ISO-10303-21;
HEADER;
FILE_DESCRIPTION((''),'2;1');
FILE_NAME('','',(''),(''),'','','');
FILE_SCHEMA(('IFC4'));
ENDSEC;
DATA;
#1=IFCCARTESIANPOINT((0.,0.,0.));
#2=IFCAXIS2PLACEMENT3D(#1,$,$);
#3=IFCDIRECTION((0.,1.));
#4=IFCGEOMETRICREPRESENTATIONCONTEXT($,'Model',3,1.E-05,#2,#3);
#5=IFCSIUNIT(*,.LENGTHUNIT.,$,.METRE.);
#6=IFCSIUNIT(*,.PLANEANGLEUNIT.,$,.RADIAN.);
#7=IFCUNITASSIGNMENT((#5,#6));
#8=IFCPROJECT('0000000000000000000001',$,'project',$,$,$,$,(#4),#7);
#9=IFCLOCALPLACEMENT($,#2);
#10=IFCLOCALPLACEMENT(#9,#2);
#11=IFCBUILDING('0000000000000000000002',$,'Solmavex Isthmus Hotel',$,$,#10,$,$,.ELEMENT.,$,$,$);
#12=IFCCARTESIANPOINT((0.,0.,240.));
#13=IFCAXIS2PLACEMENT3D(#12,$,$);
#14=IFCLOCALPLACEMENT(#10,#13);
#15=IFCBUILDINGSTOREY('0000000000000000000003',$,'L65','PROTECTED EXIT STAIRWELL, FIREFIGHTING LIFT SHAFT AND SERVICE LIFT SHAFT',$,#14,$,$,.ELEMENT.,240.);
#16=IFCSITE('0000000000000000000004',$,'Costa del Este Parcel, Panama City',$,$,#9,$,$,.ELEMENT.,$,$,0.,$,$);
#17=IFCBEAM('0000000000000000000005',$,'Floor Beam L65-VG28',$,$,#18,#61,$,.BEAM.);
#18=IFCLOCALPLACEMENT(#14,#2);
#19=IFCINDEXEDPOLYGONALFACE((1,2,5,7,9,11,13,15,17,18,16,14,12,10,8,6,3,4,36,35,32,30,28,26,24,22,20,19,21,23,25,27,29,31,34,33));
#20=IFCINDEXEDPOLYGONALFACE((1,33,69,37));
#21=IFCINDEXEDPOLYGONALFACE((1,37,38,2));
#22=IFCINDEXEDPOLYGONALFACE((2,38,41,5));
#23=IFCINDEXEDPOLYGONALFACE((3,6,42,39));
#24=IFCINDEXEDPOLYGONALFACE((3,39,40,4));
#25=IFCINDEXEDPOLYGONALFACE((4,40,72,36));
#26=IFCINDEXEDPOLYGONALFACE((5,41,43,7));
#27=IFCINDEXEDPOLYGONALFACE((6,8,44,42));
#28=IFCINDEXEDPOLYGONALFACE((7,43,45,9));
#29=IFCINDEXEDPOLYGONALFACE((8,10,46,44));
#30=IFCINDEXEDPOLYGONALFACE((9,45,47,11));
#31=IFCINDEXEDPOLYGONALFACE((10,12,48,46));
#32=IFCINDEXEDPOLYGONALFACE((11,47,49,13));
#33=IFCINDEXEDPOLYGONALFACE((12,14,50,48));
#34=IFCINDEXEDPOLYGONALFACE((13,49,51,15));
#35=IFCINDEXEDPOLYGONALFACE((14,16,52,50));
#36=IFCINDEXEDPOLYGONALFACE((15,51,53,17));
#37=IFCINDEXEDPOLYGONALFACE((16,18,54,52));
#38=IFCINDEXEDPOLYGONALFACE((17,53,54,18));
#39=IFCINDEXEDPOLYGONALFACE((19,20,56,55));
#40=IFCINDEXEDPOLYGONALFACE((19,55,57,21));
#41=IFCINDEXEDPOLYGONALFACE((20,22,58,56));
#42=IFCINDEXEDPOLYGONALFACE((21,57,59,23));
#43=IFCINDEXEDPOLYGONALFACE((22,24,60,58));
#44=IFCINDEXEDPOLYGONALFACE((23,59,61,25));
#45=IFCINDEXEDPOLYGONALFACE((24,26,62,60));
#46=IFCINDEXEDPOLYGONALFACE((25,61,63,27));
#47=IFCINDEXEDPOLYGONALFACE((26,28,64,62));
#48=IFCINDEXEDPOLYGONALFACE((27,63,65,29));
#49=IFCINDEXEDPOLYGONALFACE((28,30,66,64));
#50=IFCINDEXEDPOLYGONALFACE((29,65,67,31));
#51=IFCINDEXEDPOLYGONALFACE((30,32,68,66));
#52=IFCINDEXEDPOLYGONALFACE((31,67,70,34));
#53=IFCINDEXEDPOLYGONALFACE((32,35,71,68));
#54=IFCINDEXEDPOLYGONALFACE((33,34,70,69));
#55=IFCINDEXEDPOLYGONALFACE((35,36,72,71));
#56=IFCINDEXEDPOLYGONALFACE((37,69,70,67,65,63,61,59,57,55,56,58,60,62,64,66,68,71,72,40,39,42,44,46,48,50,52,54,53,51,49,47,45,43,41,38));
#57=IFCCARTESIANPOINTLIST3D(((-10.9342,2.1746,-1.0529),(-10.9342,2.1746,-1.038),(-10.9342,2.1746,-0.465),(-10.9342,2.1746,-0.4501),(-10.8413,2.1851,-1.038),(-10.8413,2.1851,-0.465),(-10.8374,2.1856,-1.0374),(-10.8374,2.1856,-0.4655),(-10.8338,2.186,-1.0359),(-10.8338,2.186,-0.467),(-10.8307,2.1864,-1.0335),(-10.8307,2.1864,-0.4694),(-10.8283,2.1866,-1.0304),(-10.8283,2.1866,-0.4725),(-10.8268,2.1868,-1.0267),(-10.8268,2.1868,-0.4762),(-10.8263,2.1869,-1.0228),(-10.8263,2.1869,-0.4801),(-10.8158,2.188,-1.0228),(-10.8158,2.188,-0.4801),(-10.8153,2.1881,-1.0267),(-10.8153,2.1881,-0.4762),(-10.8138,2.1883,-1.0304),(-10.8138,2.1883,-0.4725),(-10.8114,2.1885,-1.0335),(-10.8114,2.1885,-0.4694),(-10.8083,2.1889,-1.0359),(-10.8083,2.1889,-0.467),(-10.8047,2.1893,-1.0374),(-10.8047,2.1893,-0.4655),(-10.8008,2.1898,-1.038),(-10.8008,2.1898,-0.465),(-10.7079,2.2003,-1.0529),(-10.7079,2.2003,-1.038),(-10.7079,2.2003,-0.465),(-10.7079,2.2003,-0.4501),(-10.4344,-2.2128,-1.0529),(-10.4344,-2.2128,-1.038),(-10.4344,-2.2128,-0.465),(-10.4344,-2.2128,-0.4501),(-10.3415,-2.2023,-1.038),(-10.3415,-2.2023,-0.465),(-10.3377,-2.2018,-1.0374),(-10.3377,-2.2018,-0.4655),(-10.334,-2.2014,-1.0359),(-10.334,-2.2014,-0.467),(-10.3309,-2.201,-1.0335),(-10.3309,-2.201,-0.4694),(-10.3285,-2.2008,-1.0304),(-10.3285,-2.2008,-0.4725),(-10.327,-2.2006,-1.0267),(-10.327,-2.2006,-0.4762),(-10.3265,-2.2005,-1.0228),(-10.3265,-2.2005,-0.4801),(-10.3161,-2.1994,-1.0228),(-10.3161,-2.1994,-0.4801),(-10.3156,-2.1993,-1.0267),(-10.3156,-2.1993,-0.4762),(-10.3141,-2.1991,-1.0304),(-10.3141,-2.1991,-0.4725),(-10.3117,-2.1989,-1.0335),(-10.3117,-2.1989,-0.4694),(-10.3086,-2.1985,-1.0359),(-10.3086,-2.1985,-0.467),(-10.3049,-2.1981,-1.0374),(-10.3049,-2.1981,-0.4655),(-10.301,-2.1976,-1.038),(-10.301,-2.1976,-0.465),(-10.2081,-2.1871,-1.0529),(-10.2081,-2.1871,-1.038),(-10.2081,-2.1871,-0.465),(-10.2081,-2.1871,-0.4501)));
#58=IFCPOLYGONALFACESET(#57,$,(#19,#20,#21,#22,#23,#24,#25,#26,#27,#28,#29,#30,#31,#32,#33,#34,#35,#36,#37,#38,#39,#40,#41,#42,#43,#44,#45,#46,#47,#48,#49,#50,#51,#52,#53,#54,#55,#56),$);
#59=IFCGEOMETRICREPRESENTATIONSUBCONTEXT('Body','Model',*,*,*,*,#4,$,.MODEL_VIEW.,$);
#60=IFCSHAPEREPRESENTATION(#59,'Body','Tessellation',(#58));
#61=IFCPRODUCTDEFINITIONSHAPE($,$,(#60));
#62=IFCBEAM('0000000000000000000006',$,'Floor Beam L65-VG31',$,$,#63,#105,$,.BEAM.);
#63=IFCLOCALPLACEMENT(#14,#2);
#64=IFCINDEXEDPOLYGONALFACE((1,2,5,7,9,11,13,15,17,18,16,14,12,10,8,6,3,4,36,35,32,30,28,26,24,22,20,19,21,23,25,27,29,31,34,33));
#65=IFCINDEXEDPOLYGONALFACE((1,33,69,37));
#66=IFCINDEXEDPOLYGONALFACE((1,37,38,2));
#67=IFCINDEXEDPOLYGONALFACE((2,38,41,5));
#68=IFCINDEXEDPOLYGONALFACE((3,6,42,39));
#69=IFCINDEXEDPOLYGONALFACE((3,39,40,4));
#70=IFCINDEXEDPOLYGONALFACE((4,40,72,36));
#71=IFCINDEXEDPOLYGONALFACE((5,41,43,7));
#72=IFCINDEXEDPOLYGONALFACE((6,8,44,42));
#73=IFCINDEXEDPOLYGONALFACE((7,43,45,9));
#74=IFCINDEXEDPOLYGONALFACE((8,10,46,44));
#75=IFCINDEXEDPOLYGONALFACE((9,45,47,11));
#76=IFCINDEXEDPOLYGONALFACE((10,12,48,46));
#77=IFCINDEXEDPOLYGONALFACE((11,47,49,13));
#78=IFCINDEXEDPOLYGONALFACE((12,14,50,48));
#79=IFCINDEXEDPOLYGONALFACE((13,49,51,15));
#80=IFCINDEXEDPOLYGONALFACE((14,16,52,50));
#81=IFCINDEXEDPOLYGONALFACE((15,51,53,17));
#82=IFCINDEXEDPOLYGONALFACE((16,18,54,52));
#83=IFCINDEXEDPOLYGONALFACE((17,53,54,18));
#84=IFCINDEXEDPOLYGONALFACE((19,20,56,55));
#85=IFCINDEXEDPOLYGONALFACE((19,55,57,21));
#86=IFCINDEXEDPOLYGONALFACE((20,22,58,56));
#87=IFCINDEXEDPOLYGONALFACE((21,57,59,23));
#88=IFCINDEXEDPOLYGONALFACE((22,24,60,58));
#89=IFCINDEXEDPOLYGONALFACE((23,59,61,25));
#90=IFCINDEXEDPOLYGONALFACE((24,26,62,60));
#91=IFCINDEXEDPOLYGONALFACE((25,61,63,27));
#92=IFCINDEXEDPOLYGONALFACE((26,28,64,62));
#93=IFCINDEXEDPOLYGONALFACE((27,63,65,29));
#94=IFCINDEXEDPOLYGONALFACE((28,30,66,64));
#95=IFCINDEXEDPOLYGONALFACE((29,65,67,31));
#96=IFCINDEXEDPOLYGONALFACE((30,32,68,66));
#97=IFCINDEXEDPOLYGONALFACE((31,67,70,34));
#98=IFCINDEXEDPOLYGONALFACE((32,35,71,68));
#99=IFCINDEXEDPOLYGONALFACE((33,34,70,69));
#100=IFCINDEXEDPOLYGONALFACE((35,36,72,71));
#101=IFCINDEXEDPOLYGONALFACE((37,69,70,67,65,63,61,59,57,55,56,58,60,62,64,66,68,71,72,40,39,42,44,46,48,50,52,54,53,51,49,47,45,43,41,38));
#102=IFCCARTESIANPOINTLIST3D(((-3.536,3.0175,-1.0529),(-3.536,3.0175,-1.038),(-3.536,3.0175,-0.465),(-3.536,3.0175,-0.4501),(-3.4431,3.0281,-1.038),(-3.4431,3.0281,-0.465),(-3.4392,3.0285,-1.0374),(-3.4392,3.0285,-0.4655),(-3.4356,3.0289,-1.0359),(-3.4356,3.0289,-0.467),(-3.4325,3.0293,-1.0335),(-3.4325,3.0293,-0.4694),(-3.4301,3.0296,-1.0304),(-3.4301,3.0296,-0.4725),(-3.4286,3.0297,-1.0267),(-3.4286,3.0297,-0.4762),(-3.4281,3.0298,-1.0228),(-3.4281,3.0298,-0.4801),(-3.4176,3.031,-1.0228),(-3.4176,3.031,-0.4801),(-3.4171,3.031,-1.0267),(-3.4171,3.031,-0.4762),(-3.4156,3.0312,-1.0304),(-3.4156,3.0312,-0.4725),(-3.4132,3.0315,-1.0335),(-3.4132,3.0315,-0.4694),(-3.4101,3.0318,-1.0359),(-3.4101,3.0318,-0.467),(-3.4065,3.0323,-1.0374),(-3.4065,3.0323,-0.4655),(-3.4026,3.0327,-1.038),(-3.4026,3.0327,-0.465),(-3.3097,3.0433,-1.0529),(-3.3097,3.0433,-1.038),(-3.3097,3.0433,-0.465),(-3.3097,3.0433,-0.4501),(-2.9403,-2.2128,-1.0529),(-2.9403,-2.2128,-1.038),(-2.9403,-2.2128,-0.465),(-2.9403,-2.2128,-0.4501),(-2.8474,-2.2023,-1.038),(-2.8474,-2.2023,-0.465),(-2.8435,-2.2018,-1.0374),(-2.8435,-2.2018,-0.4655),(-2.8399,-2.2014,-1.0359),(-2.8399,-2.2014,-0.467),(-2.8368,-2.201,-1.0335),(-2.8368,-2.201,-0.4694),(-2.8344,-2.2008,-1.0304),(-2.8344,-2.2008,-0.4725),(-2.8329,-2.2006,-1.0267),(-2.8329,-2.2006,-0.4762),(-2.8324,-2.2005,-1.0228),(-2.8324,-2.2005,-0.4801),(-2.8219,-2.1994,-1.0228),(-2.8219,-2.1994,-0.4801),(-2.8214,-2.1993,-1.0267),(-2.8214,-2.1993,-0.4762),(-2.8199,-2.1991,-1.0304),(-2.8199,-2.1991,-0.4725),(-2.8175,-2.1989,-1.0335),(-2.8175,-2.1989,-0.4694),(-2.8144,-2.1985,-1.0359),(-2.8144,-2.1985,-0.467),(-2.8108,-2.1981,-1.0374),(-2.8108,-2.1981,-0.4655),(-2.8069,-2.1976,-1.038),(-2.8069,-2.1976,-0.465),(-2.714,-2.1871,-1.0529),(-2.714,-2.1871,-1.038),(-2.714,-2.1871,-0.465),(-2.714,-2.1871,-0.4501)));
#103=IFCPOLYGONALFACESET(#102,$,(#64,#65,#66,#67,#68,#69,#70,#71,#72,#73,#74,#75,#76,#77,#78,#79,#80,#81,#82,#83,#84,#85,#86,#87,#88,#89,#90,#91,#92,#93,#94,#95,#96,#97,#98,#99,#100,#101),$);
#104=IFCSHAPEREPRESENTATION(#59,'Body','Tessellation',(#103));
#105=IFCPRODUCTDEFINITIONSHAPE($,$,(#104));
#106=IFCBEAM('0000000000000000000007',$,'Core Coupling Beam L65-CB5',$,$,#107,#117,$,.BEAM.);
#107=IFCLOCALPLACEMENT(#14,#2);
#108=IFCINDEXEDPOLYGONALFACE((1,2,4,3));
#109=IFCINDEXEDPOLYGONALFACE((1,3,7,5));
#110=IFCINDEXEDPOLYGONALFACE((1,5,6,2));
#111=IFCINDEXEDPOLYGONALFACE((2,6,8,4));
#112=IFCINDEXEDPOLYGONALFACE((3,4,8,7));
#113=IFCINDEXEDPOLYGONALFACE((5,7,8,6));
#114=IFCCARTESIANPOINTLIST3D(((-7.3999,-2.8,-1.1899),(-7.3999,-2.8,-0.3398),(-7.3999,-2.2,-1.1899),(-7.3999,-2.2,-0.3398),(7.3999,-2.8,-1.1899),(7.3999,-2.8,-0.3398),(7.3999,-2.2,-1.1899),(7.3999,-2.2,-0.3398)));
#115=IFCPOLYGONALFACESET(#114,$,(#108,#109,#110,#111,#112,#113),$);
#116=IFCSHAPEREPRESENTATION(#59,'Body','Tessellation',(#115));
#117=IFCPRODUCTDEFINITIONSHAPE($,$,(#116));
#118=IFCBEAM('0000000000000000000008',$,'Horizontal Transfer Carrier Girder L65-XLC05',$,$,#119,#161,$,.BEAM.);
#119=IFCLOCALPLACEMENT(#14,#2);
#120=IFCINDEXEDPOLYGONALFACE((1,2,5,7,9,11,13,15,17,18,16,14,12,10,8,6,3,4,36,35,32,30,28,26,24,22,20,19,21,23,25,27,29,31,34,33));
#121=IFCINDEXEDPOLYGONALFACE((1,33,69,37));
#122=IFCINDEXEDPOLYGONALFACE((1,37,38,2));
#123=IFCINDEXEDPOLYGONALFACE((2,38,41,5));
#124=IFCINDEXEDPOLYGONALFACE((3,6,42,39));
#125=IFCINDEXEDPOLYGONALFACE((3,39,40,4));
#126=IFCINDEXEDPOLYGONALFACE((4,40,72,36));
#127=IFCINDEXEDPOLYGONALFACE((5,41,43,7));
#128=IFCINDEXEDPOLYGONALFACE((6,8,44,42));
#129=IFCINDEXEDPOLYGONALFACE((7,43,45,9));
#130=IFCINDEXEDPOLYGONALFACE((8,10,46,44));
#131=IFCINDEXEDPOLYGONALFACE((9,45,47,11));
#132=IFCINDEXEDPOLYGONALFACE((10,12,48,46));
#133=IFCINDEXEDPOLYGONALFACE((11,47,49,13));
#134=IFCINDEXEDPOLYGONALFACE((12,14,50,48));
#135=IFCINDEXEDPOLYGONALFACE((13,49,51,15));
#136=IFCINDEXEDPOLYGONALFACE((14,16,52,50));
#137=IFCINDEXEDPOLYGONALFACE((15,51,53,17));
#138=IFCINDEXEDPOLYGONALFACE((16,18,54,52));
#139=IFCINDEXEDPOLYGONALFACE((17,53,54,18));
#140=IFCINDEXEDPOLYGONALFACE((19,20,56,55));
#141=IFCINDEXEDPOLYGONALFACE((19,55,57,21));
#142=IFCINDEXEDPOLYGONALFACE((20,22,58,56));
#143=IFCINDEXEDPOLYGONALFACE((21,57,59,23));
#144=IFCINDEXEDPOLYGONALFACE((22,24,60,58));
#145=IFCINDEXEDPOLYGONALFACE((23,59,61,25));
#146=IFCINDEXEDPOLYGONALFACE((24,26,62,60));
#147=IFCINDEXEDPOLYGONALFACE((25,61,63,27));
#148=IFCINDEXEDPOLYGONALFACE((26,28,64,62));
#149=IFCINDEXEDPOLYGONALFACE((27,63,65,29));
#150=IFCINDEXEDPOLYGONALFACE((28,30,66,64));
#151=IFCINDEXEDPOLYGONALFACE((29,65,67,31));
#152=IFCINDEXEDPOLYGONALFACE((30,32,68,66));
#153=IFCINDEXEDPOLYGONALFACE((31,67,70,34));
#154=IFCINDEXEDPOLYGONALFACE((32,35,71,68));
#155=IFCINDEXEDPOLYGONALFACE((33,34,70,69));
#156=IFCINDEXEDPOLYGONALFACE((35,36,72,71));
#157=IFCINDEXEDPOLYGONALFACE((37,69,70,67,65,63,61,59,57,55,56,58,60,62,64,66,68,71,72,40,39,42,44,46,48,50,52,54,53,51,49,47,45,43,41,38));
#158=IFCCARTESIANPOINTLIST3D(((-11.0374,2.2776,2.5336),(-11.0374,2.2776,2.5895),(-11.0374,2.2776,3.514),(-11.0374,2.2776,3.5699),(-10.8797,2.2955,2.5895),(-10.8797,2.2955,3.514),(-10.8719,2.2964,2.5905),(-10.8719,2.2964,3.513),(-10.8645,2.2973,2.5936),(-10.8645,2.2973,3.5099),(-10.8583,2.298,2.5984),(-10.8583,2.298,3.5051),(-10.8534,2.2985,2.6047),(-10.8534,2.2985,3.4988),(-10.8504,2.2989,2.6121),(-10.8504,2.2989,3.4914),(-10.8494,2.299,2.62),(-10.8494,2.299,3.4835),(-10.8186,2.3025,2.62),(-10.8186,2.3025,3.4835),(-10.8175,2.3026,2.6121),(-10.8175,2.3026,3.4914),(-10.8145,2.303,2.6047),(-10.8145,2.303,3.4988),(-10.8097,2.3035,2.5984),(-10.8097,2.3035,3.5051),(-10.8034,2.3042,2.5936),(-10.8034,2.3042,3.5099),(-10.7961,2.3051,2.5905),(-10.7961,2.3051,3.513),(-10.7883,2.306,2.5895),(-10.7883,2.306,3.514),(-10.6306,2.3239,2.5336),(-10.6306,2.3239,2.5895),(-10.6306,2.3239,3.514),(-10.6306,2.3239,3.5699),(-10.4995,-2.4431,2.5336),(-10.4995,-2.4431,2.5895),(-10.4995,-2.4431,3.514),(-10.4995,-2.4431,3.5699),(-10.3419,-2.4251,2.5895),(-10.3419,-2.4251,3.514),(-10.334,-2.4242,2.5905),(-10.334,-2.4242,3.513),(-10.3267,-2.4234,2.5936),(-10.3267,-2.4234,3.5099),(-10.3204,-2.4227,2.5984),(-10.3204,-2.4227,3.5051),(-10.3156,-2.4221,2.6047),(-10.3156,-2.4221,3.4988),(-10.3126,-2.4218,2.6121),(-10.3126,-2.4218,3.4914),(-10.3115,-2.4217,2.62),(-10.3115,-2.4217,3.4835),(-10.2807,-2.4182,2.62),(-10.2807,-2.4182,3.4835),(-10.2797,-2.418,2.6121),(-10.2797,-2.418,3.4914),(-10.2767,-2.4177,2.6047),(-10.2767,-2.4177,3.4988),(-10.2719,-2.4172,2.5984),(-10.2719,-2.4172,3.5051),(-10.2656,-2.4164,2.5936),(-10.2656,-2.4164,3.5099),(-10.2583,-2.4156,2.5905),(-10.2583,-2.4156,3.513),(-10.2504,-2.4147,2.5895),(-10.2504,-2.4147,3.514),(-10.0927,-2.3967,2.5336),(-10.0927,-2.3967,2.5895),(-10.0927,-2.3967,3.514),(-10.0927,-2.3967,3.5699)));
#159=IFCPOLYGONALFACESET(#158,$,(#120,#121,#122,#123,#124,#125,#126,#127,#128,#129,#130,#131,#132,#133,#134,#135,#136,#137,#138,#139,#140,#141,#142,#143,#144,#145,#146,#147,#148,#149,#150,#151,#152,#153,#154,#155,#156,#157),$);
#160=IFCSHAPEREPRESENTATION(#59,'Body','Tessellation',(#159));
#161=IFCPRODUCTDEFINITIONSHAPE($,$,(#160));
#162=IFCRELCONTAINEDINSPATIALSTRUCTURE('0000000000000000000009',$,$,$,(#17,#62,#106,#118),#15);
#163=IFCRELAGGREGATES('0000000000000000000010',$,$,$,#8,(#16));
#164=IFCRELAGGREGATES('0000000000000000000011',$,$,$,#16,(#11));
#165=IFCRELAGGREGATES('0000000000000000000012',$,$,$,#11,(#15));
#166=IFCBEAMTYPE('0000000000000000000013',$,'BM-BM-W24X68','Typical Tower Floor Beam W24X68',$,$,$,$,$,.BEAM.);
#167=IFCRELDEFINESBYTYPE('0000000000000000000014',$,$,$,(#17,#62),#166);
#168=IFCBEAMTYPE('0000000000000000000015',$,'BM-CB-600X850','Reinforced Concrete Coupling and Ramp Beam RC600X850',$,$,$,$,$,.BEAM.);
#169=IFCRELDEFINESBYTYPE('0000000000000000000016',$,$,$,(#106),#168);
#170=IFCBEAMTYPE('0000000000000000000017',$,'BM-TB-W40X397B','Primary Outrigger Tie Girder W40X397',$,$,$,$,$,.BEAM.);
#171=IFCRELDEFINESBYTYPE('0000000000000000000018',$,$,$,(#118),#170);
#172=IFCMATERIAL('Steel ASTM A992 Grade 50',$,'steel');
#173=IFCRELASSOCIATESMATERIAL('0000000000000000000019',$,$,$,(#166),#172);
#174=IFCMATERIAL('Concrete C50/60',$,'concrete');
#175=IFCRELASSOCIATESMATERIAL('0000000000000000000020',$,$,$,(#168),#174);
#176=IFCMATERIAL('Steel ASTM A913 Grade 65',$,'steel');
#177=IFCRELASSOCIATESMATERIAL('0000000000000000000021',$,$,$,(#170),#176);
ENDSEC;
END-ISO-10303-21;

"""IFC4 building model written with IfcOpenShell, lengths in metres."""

from ifc_helpers import new_model, si_unit, direction, frame, origin, origin_2d, place, context, subcontext, project, spatial, rectangle, i_section, extrude, material, material_profile, profile_set, type_object, element, save


model = new_model("IFC4")

# Units and contexts
model_context = context("Model", 3, precision=1e-05, world=origin(), true_north=direction((0.0, 1.0)))
body_context = subcontext(model_context, "Body", "Model", "MODEL_VIEW")
ifc_project = project(units=[si_unit("LENGTHUNIT", "METRE"), si_unit("PLANEANGLEUNIT", "RADIAN")], contexts=[model_context])

# Site, building, storey
site_placement = place(None, origin())
site = spatial("IfcSite", under=ifc_project, at=site_placement, Name="Costa del Este Parcel, Panama City", CompositionType="ELEMENT", RefElevation=0.0)
building_placement = place(site_placement, origin())
building = spatial("IfcBuilding", under=site, at=building_placement, Name="Solmavex Isthmus Hotel", CompositionType="ELEMENT")
storey_placement = place(building_placement, frame((0.0, 0.0, 240.0)))
storey = spatial("IfcBuildingStorey", under=building, at=storey_placement, Name="L65", Description="PROTECTED EXIT STAIRWELL, FIREFIGHTING LIFT SHAFT AND SERVICE LIFT SHAFT", CompositionType="ELEMENT", Elevation=240.0)

# Shared definitions
ifc_material_1 = material(Name="Concrete C50/60", Category="concrete")
ifc_material_2 = material(Name="Steel ASTM A913 Grade 65", Category="steel")

# Beams
ifc_material_3 = material(Name="Steel ASTM A992 Grade 50", Category="steel")
ifc_material_profile_1 = material_profile(ifc_material_3, i_section(OverallWidth=0.2278, OverallDepth=0.6028, WebThickness=0.0105, FlangeThickness=0.0149, FilletRadius=0.0151, at=origin_2d()), Name="W24X68")
ifc_profile_set_1 = profile_set([ifc_material_profile_1], Name="Steel ASTM A992 Grade 50")
beam_type_1 = type_object("IfcBeamType", Name="BM-BM-W24X68", Description="Typical Tower Floor Beam W24X68", PredefinedType="BEAM", material=ifc_profile_set_1)
beam_1_placement = place(storey_placement, frame((-10.3213, -2.2, -0.7515), z_axis=(-0.113174, 0.993575, 0.0), x_axis=(-0.993575, -0.113174, 0.0)))
element("IfcBeam", 1, at=beam_1_placement, inside=storey, type_object=beam_type_1, Name="Floor Beam L65-VG28", PredefinedType="BEAM", context=body_context, shape_type="SweptSolid", body=[
    extrude(i_section(OverallWidth=0.2278, OverallDepth=0.6028, WebThickness=0.0105, FlangeThickness=0.0149, FilletRadius=0.0151, at=origin_2d()), origin(), (0.0, 0.0, 1.0), 4.4158),
])
beam_2_placement = place(storey_placement, frame((-2.8271, -2.2, -0.7515), z_axis=(-0.113159, 0.993577, 0.0), x_axis=(-0.993577, -0.113159, 0.0)))
element("IfcBeam", 2, at=beam_2_placement, inside=storey, type_object=beam_type_1, Name="Floor Beam L65-VG31", PredefinedType="BEAM", context=body_context, shape_type="SweptSolid", body=[
    extrude(i_section(OverallWidth=0.2278, OverallDepth=0.6028, WebThickness=0.0105, FlangeThickness=0.0149, FilletRadius=0.0151, at=origin_2d()), origin(), (0.0, 0.0, 1.0), 5.2642),
])
ifc_material_profile_2 = material_profile(ifc_material_1, rectangle(XDim=0.6001, YDim=0.8501, at=origin_2d()), Name="RC600X850")
ifc_profile_set_2 = profile_set([ifc_material_profile_2], Name="Concrete C50/60")
beam_type_2 = type_object("IfcBeamType", Name="BM-CB-600X850", Description="Reinforced Concrete Coupling and Ramp Beam RC600X850", PredefinedType="BEAM", material=ifc_profile_set_2)
beam_3_placement = place(storey_placement, frame((-7.3999, -2.5, -0.7649), z_axis=(1.0, 0.0, 0.0), x_axis=(0.0, 1.0, 0.0)))
element("IfcBeam", 3, at=beam_3_placement, inside=storey, type_object=beam_type_2, Name="Core Coupling Beam L65-CB5", PredefinedType="BEAM", context=body_context, shape_type="SweptSolid", body=[
    extrude(rectangle(XDim=0.6001, YDim=0.8501, at=origin_2d()), origin(), (0.0, 0.0, 1.0), 14.7998),
])
ifc_material_profile_3 = material_profile(ifc_material_2, i_section(OverallWidth=0.4094, OverallDepth=1.0364, WebThickness=0.031, FlangeThickness=0.0559, FilletRadius=0.0305, at=origin_2d()), Name="W40X397")
ifc_profile_set_3 = profile_set([ifc_material_profile_3], Name="Steel ASTM A913 Grade 65")
beam_type_3 = type_object("IfcBeamType", Name="BM-TB-W40X397B", Description="Primary Outrigger Tie Girder W40X397", PredefinedType="BEAM", material=ifc_profile_set_3)
beam_4_placement = place(storey_placement, frame((-10.2961, -2.4199, 3.0518), z_axis=(-0.1132, 0.993572, 0.0), x_axis=(-0.993572, -0.1132, 0.0)))
element("IfcBeam", 4, at=beam_4_placement, inside=storey, type_object=beam_type_3, Name="Horizontal Transfer Carrier Girder L65-XLC05", PredefinedType="BEAM", context=body_context, shape_type="SweptSolid", body=[
    extrude(i_section(OverallWidth=0.4094, OverallDepth=1.0364, WebThickness=0.031, FlangeThickness=0.0559, FilletRadius=0.0305, at=origin_2d()), origin(), (0.0, 0.0, 1.0), 4.7512),
])

save(model, "model.ifc")
